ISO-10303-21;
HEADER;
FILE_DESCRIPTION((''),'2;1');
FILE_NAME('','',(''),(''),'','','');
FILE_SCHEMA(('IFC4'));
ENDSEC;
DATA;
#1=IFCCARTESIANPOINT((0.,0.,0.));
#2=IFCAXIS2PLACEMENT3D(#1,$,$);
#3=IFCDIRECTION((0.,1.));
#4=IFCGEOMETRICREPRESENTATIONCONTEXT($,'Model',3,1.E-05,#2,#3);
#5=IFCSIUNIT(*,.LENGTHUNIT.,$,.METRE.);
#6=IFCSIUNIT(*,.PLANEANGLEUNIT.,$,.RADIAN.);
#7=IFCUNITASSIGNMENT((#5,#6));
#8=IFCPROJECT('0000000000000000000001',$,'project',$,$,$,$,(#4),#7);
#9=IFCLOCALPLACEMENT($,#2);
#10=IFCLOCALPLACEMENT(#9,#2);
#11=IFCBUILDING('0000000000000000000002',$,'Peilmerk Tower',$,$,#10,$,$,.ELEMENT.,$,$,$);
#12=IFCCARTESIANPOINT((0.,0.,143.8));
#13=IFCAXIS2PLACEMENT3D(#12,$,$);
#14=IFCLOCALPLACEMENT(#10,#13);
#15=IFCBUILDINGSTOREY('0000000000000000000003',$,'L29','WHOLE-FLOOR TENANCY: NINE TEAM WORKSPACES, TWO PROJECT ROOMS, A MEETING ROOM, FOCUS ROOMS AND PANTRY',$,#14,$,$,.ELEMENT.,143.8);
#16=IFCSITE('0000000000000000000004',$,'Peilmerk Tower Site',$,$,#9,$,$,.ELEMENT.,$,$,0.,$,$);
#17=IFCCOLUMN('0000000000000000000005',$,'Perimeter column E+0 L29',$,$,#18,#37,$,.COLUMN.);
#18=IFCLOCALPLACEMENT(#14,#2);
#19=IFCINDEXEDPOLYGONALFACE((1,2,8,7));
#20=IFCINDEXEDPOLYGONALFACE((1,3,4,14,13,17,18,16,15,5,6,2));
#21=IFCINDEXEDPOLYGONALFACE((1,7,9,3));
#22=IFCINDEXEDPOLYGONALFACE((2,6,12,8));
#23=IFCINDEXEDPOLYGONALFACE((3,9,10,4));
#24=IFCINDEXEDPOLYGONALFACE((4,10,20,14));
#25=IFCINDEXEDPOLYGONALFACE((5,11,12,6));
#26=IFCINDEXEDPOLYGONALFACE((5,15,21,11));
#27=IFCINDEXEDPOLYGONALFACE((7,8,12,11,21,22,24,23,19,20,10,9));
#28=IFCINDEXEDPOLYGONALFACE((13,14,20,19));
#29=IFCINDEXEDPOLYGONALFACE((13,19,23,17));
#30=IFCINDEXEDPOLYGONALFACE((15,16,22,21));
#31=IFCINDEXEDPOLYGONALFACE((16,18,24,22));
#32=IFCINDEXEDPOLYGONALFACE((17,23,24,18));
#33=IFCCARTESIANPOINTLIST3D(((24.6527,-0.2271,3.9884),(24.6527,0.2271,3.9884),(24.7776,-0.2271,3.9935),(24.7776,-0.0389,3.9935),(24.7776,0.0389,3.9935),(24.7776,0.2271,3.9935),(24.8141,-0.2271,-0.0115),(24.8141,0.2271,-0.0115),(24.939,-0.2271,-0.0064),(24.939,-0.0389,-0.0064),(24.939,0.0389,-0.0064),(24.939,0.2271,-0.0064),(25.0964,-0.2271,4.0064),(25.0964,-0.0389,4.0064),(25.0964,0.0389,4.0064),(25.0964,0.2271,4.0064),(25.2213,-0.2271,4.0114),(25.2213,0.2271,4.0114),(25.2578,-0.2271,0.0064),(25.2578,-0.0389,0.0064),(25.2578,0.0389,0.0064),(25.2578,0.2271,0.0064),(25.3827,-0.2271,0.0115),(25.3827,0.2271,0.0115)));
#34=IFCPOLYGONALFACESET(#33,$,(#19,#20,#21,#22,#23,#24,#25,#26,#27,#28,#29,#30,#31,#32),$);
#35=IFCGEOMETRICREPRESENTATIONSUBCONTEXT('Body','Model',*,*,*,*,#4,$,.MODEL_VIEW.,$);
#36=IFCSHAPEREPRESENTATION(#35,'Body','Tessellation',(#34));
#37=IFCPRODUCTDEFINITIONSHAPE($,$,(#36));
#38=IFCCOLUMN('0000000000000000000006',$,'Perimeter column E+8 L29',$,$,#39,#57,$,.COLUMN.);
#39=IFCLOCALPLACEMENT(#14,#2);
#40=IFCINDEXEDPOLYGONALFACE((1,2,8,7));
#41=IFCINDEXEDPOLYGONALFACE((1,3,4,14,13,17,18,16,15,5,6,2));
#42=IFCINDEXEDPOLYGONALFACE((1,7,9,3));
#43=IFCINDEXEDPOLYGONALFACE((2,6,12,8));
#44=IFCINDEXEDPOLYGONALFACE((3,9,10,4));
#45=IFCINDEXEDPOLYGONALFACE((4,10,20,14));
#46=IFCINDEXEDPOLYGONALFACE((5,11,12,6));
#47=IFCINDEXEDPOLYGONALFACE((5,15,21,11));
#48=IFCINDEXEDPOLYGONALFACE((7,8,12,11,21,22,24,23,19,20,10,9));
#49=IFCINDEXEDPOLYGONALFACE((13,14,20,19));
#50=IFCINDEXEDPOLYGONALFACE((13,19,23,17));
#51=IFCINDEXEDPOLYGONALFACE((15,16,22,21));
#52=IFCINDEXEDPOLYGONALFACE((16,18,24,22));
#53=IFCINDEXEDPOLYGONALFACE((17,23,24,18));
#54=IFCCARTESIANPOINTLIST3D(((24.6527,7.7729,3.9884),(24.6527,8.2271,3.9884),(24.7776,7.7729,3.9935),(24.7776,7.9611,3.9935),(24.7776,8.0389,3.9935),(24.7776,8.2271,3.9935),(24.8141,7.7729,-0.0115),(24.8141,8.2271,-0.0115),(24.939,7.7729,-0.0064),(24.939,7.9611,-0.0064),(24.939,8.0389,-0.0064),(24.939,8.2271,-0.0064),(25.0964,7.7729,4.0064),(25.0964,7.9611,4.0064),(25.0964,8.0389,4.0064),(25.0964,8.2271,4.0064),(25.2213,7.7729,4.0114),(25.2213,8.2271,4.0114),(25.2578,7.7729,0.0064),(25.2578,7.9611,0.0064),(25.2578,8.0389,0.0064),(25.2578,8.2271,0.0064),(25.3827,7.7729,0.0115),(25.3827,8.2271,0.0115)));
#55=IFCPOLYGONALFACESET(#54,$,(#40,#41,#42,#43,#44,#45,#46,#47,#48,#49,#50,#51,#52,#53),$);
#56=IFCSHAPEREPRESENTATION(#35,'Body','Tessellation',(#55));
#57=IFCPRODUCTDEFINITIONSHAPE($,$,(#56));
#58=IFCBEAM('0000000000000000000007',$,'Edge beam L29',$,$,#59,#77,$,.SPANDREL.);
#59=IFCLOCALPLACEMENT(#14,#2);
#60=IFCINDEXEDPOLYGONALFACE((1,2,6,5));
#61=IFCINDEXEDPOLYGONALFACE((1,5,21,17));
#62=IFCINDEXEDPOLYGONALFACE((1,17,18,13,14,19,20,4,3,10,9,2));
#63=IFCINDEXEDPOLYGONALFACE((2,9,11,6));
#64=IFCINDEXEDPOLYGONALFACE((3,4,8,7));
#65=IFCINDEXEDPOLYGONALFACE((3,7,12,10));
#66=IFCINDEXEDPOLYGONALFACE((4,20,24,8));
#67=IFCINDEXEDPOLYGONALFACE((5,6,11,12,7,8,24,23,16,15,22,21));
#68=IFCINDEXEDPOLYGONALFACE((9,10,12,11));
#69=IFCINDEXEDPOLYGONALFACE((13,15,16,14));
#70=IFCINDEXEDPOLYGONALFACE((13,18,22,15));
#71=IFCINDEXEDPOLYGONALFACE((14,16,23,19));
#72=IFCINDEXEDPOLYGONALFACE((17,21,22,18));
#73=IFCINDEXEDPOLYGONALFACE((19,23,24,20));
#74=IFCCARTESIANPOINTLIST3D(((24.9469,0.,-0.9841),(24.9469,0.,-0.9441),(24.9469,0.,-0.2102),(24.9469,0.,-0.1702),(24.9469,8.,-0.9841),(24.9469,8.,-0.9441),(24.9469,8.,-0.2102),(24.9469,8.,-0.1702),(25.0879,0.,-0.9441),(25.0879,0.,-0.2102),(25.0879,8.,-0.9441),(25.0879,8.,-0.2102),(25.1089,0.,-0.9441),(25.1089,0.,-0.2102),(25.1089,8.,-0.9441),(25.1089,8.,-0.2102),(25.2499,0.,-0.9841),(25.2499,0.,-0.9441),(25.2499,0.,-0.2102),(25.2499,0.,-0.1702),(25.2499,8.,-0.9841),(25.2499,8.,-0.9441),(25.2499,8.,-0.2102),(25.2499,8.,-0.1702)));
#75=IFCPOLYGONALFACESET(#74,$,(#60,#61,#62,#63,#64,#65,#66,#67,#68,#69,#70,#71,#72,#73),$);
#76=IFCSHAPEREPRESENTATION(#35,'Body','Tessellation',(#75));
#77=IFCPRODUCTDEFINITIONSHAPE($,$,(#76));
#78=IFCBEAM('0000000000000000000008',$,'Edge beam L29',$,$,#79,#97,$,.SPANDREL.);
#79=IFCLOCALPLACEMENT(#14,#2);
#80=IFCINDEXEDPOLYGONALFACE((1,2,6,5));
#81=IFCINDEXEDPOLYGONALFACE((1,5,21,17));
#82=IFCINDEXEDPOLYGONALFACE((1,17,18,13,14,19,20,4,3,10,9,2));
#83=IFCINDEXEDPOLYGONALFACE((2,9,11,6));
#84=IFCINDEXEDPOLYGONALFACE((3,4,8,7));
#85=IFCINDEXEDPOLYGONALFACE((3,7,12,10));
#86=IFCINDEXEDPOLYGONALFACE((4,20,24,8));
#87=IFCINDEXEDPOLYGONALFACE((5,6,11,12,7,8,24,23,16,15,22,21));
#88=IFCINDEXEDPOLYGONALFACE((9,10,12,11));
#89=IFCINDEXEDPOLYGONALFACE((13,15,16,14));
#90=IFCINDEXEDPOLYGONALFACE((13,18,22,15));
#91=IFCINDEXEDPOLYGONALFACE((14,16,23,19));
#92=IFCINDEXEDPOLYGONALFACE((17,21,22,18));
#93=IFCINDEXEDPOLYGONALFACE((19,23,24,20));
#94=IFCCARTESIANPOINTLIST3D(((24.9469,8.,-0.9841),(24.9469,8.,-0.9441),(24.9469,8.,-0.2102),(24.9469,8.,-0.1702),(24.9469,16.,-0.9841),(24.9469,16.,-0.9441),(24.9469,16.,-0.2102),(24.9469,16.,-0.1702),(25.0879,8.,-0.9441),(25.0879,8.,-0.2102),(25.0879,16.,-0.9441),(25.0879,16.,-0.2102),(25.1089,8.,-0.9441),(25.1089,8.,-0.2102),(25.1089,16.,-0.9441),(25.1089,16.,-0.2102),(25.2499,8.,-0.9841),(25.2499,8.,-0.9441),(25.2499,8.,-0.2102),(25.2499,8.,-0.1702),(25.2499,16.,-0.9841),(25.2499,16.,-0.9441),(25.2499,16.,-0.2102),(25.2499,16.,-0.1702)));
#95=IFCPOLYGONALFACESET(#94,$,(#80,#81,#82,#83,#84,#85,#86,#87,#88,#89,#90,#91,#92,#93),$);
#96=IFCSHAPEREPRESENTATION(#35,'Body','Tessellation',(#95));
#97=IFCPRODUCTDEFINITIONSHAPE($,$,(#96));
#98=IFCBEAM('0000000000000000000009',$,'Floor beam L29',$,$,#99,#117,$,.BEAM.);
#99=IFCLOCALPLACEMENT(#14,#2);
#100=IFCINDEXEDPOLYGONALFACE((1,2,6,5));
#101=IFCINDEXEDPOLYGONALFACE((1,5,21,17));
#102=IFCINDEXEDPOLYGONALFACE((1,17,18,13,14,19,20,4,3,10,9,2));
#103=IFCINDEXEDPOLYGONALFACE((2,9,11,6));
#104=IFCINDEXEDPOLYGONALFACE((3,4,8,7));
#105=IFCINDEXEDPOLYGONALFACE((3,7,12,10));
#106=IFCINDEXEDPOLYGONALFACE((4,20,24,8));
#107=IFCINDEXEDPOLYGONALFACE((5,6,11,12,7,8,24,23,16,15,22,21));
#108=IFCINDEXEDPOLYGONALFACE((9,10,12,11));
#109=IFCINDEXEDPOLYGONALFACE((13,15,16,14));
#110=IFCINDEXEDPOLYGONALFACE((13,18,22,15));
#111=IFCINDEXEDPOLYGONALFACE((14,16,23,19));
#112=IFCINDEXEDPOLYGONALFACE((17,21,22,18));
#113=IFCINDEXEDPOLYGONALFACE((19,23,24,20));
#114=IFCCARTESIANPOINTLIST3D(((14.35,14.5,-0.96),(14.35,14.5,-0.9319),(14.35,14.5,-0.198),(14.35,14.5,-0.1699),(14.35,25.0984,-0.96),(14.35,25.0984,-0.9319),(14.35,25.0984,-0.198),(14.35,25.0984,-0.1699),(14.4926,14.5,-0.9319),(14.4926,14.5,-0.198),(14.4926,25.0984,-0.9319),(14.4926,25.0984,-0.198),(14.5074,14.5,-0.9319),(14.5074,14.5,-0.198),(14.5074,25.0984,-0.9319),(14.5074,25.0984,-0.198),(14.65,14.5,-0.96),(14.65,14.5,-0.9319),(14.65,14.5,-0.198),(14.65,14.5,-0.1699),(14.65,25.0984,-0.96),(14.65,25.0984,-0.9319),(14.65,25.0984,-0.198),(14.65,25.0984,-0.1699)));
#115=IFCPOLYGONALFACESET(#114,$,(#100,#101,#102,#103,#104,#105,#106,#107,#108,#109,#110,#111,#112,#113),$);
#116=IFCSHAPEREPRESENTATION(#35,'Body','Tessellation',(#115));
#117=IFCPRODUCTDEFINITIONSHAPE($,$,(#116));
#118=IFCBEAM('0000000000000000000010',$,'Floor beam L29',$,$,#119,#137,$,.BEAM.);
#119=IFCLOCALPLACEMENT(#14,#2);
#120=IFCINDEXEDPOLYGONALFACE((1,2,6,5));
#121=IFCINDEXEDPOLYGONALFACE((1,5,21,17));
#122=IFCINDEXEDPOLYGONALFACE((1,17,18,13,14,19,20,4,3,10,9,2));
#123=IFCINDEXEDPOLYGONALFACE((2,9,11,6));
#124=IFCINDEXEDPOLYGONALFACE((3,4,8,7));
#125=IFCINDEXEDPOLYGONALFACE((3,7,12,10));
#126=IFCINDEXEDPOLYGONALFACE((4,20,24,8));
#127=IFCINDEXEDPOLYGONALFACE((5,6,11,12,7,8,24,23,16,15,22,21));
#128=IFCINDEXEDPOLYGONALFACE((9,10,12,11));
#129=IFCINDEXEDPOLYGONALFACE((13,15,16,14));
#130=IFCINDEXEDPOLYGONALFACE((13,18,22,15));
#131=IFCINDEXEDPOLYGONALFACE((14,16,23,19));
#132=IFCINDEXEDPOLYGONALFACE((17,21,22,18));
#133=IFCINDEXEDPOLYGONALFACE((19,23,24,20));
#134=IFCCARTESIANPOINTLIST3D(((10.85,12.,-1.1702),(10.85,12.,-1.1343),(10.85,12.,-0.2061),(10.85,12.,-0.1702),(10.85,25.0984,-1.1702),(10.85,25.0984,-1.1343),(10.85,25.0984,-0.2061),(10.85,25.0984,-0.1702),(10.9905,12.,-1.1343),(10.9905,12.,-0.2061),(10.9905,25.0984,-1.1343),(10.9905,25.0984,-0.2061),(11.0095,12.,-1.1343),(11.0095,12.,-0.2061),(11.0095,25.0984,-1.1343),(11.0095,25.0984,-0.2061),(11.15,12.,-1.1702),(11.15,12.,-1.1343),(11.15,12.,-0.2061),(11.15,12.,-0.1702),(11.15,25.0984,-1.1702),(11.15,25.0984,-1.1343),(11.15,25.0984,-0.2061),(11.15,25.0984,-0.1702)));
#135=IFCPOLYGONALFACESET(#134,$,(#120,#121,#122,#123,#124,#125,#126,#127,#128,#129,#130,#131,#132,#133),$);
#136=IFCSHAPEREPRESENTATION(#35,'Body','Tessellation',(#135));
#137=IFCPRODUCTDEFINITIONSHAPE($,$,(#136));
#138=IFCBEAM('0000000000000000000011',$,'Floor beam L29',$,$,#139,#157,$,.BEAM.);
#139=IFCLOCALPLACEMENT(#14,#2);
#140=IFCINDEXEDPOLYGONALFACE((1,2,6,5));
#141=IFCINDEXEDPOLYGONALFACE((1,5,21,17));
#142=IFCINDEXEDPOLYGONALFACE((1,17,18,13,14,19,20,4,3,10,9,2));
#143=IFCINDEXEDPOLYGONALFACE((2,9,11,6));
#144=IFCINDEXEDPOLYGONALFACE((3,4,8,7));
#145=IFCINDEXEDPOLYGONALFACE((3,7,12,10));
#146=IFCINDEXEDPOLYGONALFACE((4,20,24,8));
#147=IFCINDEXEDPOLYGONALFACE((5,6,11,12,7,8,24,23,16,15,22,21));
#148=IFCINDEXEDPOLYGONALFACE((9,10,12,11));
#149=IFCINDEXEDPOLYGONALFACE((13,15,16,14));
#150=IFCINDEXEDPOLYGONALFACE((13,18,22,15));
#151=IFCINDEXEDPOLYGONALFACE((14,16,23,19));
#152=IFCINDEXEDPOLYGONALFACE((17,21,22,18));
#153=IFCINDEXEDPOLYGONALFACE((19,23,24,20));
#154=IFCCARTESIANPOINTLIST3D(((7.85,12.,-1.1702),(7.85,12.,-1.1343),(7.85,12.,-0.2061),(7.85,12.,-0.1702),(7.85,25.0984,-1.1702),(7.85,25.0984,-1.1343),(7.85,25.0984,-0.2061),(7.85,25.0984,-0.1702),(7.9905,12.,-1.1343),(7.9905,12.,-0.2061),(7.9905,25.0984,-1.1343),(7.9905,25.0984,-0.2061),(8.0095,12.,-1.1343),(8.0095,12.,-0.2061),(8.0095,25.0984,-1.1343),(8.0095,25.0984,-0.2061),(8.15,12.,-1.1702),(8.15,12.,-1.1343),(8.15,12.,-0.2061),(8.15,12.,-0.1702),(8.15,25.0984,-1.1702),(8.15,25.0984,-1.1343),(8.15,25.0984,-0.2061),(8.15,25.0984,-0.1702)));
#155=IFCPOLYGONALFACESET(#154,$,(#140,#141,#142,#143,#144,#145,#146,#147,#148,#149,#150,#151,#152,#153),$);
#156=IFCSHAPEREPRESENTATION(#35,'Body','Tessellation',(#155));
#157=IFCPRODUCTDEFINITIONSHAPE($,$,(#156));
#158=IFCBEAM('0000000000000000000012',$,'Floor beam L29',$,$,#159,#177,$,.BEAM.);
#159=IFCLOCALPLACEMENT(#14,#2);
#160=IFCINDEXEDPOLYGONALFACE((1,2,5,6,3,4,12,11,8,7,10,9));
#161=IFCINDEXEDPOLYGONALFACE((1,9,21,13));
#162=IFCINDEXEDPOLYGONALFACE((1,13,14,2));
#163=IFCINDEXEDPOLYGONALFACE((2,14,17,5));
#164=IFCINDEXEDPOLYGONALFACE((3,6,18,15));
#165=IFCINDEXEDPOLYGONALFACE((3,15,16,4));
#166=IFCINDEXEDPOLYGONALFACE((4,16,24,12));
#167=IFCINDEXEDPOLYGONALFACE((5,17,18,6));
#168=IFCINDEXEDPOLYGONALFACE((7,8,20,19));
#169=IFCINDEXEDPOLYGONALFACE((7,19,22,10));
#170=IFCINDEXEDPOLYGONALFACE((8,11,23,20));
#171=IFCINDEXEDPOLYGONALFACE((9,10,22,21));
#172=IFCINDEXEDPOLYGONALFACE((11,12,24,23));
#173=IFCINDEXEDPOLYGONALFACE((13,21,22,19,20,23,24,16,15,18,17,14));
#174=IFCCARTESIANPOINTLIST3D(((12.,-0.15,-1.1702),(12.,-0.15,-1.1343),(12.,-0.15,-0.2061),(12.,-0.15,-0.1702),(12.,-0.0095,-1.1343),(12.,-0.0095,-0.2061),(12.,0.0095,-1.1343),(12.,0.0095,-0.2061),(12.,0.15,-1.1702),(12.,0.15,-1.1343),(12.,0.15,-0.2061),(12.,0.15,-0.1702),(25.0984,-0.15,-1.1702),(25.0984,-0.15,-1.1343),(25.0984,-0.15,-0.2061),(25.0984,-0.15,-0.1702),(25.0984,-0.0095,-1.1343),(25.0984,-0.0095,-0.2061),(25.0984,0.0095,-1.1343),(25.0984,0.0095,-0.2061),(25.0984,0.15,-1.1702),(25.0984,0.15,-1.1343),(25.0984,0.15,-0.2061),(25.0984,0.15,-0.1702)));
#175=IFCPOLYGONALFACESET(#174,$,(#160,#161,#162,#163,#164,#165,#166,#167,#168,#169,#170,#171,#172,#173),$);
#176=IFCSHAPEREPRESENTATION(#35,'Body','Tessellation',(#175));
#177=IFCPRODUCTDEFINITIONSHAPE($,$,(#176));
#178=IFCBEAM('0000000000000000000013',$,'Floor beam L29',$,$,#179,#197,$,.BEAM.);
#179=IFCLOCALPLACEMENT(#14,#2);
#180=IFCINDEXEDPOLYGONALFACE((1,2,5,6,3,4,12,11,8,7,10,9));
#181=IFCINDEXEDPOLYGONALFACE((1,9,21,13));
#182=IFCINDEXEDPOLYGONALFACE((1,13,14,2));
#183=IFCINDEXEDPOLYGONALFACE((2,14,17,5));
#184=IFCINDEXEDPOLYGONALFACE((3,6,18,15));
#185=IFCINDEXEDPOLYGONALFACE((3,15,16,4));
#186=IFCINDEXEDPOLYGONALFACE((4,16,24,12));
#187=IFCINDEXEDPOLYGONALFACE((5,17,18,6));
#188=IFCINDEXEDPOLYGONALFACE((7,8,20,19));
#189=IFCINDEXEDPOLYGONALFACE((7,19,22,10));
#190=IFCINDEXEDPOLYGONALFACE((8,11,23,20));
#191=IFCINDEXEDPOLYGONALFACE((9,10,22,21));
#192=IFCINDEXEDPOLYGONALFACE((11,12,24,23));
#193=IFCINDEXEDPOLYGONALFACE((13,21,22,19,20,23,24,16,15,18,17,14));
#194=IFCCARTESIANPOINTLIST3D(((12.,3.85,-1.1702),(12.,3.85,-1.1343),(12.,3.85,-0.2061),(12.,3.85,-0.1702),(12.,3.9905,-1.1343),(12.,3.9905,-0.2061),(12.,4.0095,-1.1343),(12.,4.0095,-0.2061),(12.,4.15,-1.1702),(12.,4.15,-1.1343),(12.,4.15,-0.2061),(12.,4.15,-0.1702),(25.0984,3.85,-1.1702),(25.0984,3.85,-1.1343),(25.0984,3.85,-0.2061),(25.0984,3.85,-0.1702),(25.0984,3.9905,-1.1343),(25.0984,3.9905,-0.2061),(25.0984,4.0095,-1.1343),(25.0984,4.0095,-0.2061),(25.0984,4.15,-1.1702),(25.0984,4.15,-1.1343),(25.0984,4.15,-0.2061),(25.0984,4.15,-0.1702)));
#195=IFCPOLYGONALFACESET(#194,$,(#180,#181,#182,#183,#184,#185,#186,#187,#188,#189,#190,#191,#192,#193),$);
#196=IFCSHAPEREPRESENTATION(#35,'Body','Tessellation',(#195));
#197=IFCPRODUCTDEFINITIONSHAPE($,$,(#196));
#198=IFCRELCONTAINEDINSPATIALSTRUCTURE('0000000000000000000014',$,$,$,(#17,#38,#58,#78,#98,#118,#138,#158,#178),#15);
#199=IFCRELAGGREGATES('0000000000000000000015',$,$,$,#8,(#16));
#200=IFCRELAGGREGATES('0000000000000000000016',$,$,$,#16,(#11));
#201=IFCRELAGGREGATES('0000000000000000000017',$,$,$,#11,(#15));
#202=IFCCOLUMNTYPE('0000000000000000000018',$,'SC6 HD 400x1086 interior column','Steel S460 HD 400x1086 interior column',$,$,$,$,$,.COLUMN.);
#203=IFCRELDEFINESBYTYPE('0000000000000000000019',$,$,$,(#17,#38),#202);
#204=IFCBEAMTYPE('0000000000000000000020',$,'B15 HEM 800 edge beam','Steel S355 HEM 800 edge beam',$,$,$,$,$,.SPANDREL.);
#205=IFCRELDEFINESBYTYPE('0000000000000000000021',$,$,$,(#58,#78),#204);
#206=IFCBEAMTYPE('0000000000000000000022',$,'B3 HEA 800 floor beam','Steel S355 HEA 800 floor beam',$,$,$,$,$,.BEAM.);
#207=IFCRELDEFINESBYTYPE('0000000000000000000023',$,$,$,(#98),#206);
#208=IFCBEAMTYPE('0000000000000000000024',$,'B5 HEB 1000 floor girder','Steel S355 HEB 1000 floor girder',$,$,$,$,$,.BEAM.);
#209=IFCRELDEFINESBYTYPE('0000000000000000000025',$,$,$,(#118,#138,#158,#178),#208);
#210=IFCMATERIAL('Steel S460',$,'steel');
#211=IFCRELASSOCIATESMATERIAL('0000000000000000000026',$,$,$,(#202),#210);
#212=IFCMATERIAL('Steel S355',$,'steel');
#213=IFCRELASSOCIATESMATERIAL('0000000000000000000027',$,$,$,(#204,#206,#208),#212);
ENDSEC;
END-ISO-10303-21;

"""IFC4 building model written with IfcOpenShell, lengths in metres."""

from ifc_helpers import new_model, si_unit, direction, frame, origin, origin_2d, place, context, subcontext, project, spatial, i_section, extrude, material, material_profile, profile_set, type_object, element, save


model = new_model("IFC4")

# Units and contexts
model_context = context("Model", 3, precision=1e-05, world=origin(), true_north=direction((0.0, 1.0)))
body_context = subcontext(model_context, "Body", "Model", "MODEL_VIEW")
ifc_project = project(units=[si_unit("LENGTHUNIT", "METRE"), si_unit("PLANEANGLEUNIT", "RADIAN")], contexts=[model_context])

# Site, building, storey
site_placement = place(None, origin())
site = spatial("IfcSite", under=ifc_project, at=site_placement, Name="Peilmerk Tower Site", CompositionType="ELEMENT", RefElevation=0.0)
building_placement = place(site_placement, origin())
building = spatial("IfcBuilding", under=site, at=building_placement, Name="Peilmerk Tower", CompositionType="ELEMENT")
storey_placement = place(building_placement, frame((0.0, 0.0, 143.8)))
storey = spatial("IfcBuildingStorey", under=building, at=storey_placement, Name="L29", Description="WHOLE-FLOOR TENANCY: NINE TEAM WORKSPACES, TWO PROJECT ROOMS, A MEETING ROOM, FOCUS ROOMS AND PANTRY", CompositionType="ELEMENT", Elevation=143.8)

# Columns
ifc_material_1 = material(Name="Steel S460", Category="steel")
ifc_material_profile_1 = material_profile(ifc_material_1, i_section(OverallWidth=0.4541, OverallDepth=0.5691, WebThickness=0.0779, FlangeThickness=0.125, at=origin_2d()), Name="HD 400x1086")
ifc_profile_set_1 = profile_set([ifc_material_profile_1], Name="Steel S460")
column_type = type_object("IfcColumnType", Name="SC6 HD 400x1086 interior column", Description="Steel S460 HD 400x1086 interior column", PredefinedType="COLUMN", material=ifc_profile_set_1)
for number, where, z_axis, x_axis, name in (
    (1, (25.0984, 0.0, 0.0), (-0.040311, 0.0, 0.999187), (0.0, -1.0, 0.0), "Perimeter column E+0 L29"),
    (2, (25.0984, 8.0, 0.0), (-0.040311, 0.0, 0.999187), (0.0, -1.0, 0.0), "Perimeter column E+8 L29"),
):
    element("IfcColumn", number, at=place(storey_placement, frame(where, z_axis=z_axis, x_axis=x_axis)), inside=storey, type_object=column_type, Name=name, PredefinedType="COLUMN", context=body_context, shape_type="SweptSolid", body=[
        extrude(i_section(OverallWidth=0.4541, OverallDepth=0.5691, WebThickness=0.0779, FlangeThickness=0.125, at=origin_2d()), origin(), (0.0, 0.0, 1.0), 4.0032),
    ])

# Beams
ifc_material_2 = material(Name="Steel S355", Category="steel")
ifc_material_profile_2 = material_profile(ifc_material_2, i_section(OverallWidth=0.303, OverallDepth=0.814, WebThickness=0.021, FlangeThickness=0.04, at=origin_2d()), Name="HEM 800")
ifc_profile_set_2 = profile_set([ifc_material_profile_2], Name="Steel S355")
beam_type_1 = type_object("IfcBeamType", Name="B15 HEM 800 edge beam", Description="Steel S355 HEM 800 edge beam", PredefinedType="SPANDREL", material=ifc_profile_set_2)
for number, where, z_axis, x_axis, name in (
    (3, (25.0984, 0.0, -0.5771), (0.0, 1.0, 0.0), (-1.0, 0.0, 0.0), "Edge beam L29"),
    (4, (25.0984, 8.0, -0.5771), (0.0, 1.0, 0.0), (-1.0, 0.0, 0.0), "Edge beam L29"),
):
    element("IfcBeam", number, at=place(storey_placement, frame(where, z_axis=z_axis, x_axis=x_axis)), inside=storey, type_object=beam_type_1, Name=name, PredefinedType="SPANDREL", context=body_context, shape_type="SweptSolid", body=[
        extrude(i_section(OverallWidth=0.303, OverallDepth=0.814, WebThickness=0.021, FlangeThickness=0.04, at=origin_2d()), origin(), (0.0, 0.0, 1.0), 8.0),
    ])
ifc_material_profile_3 = material_profile(ifc_material_2, i_section(OverallWidth=0.3, OverallDepth=0.79, WebThickness=0.0149, FlangeThickness=0.0281, at=origin_2d()), Name="HEA 800")
ifc_profile_set_3 = profile_set([ifc_material_profile_3], Name="Steel S355")
beam_type_2 = type_object("IfcBeamType", Name="B3 HEA 800 floor beam", Description="Steel S355 HEA 800 floor beam", PredefinedType="BEAM", material=ifc_profile_set_3)
beam_1_placement = place(storey_placement, frame((14.5, 14.5, -0.5649), z_axis=(0.0, 1.0, 0.0), x_axis=(-1.0, 0.0, 0.0)))
element("IfcBeam", 5, at=beam_1_placement, inside=storey, type_object=beam_type_2, Name="Floor beam L29", PredefinedType="BEAM", context=body_context, shape_type="SweptSolid", body=[
    extrude(i_section(OverallWidth=0.3, OverallDepth=0.79, WebThickness=0.0149, FlangeThickness=0.0281, at=origin_2d()), origin(), (0.0, 0.0, 1.0), 10.5984),
])
ifc_material_profile_4 = material_profile(ifc_material_2, i_section(OverallWidth=0.3, OverallDepth=1.0, WebThickness=0.019, FlangeThickness=0.0359, at=origin_2d()), Name="HEB 1000")
ifc_profile_set_4 = profile_set([ifc_material_profile_4], Name="Steel S355")
beam_type_3 = type_object("IfcBeamType", Name="B5 HEB 1000 floor girder", Description="Steel S355 HEB 1000 floor girder", PredefinedType="BEAM", material=ifc_profile_set_4)
for number, where, z_axis, x_axis, name in (
    (6, (11.0, 12.0, -0.6702), (0.0, 1.0, 0.0), (-1.0, 0.0, 0.0), "Floor beam L29"),
    (7, (8.0, 12.0, -0.6702), (0.0, 1.0, 0.0), (-1.0, 0.0, 0.0), "Floor beam L29"),
    (8, (12.0, 0.0, -0.6702), (1.0, 0.0, 0.0), (0.0, 1.0, 0.0), "Floor beam L29"),
    (9, (12.0, 4.0, -0.6702), (1.0, 0.0, 0.0), (0.0, 1.0, 0.0), "Floor beam L29"),
):
    element("IfcBeam", number, at=place(storey_placement, frame(where, z_axis=z_axis, x_axis=x_axis)), inside=storey, type_object=beam_type_3, Name=name, PredefinedType="BEAM", context=body_context, shape_type="SweptSolid", body=[
        extrude(i_section(OverallWidth=0.3, OverallDepth=1.0, WebThickness=0.019, FlangeThickness=0.0359, at=origin_2d()), origin(), (0.0, 0.0, 1.0), 13.0984),
    ])

save(model, "model.ifc")
